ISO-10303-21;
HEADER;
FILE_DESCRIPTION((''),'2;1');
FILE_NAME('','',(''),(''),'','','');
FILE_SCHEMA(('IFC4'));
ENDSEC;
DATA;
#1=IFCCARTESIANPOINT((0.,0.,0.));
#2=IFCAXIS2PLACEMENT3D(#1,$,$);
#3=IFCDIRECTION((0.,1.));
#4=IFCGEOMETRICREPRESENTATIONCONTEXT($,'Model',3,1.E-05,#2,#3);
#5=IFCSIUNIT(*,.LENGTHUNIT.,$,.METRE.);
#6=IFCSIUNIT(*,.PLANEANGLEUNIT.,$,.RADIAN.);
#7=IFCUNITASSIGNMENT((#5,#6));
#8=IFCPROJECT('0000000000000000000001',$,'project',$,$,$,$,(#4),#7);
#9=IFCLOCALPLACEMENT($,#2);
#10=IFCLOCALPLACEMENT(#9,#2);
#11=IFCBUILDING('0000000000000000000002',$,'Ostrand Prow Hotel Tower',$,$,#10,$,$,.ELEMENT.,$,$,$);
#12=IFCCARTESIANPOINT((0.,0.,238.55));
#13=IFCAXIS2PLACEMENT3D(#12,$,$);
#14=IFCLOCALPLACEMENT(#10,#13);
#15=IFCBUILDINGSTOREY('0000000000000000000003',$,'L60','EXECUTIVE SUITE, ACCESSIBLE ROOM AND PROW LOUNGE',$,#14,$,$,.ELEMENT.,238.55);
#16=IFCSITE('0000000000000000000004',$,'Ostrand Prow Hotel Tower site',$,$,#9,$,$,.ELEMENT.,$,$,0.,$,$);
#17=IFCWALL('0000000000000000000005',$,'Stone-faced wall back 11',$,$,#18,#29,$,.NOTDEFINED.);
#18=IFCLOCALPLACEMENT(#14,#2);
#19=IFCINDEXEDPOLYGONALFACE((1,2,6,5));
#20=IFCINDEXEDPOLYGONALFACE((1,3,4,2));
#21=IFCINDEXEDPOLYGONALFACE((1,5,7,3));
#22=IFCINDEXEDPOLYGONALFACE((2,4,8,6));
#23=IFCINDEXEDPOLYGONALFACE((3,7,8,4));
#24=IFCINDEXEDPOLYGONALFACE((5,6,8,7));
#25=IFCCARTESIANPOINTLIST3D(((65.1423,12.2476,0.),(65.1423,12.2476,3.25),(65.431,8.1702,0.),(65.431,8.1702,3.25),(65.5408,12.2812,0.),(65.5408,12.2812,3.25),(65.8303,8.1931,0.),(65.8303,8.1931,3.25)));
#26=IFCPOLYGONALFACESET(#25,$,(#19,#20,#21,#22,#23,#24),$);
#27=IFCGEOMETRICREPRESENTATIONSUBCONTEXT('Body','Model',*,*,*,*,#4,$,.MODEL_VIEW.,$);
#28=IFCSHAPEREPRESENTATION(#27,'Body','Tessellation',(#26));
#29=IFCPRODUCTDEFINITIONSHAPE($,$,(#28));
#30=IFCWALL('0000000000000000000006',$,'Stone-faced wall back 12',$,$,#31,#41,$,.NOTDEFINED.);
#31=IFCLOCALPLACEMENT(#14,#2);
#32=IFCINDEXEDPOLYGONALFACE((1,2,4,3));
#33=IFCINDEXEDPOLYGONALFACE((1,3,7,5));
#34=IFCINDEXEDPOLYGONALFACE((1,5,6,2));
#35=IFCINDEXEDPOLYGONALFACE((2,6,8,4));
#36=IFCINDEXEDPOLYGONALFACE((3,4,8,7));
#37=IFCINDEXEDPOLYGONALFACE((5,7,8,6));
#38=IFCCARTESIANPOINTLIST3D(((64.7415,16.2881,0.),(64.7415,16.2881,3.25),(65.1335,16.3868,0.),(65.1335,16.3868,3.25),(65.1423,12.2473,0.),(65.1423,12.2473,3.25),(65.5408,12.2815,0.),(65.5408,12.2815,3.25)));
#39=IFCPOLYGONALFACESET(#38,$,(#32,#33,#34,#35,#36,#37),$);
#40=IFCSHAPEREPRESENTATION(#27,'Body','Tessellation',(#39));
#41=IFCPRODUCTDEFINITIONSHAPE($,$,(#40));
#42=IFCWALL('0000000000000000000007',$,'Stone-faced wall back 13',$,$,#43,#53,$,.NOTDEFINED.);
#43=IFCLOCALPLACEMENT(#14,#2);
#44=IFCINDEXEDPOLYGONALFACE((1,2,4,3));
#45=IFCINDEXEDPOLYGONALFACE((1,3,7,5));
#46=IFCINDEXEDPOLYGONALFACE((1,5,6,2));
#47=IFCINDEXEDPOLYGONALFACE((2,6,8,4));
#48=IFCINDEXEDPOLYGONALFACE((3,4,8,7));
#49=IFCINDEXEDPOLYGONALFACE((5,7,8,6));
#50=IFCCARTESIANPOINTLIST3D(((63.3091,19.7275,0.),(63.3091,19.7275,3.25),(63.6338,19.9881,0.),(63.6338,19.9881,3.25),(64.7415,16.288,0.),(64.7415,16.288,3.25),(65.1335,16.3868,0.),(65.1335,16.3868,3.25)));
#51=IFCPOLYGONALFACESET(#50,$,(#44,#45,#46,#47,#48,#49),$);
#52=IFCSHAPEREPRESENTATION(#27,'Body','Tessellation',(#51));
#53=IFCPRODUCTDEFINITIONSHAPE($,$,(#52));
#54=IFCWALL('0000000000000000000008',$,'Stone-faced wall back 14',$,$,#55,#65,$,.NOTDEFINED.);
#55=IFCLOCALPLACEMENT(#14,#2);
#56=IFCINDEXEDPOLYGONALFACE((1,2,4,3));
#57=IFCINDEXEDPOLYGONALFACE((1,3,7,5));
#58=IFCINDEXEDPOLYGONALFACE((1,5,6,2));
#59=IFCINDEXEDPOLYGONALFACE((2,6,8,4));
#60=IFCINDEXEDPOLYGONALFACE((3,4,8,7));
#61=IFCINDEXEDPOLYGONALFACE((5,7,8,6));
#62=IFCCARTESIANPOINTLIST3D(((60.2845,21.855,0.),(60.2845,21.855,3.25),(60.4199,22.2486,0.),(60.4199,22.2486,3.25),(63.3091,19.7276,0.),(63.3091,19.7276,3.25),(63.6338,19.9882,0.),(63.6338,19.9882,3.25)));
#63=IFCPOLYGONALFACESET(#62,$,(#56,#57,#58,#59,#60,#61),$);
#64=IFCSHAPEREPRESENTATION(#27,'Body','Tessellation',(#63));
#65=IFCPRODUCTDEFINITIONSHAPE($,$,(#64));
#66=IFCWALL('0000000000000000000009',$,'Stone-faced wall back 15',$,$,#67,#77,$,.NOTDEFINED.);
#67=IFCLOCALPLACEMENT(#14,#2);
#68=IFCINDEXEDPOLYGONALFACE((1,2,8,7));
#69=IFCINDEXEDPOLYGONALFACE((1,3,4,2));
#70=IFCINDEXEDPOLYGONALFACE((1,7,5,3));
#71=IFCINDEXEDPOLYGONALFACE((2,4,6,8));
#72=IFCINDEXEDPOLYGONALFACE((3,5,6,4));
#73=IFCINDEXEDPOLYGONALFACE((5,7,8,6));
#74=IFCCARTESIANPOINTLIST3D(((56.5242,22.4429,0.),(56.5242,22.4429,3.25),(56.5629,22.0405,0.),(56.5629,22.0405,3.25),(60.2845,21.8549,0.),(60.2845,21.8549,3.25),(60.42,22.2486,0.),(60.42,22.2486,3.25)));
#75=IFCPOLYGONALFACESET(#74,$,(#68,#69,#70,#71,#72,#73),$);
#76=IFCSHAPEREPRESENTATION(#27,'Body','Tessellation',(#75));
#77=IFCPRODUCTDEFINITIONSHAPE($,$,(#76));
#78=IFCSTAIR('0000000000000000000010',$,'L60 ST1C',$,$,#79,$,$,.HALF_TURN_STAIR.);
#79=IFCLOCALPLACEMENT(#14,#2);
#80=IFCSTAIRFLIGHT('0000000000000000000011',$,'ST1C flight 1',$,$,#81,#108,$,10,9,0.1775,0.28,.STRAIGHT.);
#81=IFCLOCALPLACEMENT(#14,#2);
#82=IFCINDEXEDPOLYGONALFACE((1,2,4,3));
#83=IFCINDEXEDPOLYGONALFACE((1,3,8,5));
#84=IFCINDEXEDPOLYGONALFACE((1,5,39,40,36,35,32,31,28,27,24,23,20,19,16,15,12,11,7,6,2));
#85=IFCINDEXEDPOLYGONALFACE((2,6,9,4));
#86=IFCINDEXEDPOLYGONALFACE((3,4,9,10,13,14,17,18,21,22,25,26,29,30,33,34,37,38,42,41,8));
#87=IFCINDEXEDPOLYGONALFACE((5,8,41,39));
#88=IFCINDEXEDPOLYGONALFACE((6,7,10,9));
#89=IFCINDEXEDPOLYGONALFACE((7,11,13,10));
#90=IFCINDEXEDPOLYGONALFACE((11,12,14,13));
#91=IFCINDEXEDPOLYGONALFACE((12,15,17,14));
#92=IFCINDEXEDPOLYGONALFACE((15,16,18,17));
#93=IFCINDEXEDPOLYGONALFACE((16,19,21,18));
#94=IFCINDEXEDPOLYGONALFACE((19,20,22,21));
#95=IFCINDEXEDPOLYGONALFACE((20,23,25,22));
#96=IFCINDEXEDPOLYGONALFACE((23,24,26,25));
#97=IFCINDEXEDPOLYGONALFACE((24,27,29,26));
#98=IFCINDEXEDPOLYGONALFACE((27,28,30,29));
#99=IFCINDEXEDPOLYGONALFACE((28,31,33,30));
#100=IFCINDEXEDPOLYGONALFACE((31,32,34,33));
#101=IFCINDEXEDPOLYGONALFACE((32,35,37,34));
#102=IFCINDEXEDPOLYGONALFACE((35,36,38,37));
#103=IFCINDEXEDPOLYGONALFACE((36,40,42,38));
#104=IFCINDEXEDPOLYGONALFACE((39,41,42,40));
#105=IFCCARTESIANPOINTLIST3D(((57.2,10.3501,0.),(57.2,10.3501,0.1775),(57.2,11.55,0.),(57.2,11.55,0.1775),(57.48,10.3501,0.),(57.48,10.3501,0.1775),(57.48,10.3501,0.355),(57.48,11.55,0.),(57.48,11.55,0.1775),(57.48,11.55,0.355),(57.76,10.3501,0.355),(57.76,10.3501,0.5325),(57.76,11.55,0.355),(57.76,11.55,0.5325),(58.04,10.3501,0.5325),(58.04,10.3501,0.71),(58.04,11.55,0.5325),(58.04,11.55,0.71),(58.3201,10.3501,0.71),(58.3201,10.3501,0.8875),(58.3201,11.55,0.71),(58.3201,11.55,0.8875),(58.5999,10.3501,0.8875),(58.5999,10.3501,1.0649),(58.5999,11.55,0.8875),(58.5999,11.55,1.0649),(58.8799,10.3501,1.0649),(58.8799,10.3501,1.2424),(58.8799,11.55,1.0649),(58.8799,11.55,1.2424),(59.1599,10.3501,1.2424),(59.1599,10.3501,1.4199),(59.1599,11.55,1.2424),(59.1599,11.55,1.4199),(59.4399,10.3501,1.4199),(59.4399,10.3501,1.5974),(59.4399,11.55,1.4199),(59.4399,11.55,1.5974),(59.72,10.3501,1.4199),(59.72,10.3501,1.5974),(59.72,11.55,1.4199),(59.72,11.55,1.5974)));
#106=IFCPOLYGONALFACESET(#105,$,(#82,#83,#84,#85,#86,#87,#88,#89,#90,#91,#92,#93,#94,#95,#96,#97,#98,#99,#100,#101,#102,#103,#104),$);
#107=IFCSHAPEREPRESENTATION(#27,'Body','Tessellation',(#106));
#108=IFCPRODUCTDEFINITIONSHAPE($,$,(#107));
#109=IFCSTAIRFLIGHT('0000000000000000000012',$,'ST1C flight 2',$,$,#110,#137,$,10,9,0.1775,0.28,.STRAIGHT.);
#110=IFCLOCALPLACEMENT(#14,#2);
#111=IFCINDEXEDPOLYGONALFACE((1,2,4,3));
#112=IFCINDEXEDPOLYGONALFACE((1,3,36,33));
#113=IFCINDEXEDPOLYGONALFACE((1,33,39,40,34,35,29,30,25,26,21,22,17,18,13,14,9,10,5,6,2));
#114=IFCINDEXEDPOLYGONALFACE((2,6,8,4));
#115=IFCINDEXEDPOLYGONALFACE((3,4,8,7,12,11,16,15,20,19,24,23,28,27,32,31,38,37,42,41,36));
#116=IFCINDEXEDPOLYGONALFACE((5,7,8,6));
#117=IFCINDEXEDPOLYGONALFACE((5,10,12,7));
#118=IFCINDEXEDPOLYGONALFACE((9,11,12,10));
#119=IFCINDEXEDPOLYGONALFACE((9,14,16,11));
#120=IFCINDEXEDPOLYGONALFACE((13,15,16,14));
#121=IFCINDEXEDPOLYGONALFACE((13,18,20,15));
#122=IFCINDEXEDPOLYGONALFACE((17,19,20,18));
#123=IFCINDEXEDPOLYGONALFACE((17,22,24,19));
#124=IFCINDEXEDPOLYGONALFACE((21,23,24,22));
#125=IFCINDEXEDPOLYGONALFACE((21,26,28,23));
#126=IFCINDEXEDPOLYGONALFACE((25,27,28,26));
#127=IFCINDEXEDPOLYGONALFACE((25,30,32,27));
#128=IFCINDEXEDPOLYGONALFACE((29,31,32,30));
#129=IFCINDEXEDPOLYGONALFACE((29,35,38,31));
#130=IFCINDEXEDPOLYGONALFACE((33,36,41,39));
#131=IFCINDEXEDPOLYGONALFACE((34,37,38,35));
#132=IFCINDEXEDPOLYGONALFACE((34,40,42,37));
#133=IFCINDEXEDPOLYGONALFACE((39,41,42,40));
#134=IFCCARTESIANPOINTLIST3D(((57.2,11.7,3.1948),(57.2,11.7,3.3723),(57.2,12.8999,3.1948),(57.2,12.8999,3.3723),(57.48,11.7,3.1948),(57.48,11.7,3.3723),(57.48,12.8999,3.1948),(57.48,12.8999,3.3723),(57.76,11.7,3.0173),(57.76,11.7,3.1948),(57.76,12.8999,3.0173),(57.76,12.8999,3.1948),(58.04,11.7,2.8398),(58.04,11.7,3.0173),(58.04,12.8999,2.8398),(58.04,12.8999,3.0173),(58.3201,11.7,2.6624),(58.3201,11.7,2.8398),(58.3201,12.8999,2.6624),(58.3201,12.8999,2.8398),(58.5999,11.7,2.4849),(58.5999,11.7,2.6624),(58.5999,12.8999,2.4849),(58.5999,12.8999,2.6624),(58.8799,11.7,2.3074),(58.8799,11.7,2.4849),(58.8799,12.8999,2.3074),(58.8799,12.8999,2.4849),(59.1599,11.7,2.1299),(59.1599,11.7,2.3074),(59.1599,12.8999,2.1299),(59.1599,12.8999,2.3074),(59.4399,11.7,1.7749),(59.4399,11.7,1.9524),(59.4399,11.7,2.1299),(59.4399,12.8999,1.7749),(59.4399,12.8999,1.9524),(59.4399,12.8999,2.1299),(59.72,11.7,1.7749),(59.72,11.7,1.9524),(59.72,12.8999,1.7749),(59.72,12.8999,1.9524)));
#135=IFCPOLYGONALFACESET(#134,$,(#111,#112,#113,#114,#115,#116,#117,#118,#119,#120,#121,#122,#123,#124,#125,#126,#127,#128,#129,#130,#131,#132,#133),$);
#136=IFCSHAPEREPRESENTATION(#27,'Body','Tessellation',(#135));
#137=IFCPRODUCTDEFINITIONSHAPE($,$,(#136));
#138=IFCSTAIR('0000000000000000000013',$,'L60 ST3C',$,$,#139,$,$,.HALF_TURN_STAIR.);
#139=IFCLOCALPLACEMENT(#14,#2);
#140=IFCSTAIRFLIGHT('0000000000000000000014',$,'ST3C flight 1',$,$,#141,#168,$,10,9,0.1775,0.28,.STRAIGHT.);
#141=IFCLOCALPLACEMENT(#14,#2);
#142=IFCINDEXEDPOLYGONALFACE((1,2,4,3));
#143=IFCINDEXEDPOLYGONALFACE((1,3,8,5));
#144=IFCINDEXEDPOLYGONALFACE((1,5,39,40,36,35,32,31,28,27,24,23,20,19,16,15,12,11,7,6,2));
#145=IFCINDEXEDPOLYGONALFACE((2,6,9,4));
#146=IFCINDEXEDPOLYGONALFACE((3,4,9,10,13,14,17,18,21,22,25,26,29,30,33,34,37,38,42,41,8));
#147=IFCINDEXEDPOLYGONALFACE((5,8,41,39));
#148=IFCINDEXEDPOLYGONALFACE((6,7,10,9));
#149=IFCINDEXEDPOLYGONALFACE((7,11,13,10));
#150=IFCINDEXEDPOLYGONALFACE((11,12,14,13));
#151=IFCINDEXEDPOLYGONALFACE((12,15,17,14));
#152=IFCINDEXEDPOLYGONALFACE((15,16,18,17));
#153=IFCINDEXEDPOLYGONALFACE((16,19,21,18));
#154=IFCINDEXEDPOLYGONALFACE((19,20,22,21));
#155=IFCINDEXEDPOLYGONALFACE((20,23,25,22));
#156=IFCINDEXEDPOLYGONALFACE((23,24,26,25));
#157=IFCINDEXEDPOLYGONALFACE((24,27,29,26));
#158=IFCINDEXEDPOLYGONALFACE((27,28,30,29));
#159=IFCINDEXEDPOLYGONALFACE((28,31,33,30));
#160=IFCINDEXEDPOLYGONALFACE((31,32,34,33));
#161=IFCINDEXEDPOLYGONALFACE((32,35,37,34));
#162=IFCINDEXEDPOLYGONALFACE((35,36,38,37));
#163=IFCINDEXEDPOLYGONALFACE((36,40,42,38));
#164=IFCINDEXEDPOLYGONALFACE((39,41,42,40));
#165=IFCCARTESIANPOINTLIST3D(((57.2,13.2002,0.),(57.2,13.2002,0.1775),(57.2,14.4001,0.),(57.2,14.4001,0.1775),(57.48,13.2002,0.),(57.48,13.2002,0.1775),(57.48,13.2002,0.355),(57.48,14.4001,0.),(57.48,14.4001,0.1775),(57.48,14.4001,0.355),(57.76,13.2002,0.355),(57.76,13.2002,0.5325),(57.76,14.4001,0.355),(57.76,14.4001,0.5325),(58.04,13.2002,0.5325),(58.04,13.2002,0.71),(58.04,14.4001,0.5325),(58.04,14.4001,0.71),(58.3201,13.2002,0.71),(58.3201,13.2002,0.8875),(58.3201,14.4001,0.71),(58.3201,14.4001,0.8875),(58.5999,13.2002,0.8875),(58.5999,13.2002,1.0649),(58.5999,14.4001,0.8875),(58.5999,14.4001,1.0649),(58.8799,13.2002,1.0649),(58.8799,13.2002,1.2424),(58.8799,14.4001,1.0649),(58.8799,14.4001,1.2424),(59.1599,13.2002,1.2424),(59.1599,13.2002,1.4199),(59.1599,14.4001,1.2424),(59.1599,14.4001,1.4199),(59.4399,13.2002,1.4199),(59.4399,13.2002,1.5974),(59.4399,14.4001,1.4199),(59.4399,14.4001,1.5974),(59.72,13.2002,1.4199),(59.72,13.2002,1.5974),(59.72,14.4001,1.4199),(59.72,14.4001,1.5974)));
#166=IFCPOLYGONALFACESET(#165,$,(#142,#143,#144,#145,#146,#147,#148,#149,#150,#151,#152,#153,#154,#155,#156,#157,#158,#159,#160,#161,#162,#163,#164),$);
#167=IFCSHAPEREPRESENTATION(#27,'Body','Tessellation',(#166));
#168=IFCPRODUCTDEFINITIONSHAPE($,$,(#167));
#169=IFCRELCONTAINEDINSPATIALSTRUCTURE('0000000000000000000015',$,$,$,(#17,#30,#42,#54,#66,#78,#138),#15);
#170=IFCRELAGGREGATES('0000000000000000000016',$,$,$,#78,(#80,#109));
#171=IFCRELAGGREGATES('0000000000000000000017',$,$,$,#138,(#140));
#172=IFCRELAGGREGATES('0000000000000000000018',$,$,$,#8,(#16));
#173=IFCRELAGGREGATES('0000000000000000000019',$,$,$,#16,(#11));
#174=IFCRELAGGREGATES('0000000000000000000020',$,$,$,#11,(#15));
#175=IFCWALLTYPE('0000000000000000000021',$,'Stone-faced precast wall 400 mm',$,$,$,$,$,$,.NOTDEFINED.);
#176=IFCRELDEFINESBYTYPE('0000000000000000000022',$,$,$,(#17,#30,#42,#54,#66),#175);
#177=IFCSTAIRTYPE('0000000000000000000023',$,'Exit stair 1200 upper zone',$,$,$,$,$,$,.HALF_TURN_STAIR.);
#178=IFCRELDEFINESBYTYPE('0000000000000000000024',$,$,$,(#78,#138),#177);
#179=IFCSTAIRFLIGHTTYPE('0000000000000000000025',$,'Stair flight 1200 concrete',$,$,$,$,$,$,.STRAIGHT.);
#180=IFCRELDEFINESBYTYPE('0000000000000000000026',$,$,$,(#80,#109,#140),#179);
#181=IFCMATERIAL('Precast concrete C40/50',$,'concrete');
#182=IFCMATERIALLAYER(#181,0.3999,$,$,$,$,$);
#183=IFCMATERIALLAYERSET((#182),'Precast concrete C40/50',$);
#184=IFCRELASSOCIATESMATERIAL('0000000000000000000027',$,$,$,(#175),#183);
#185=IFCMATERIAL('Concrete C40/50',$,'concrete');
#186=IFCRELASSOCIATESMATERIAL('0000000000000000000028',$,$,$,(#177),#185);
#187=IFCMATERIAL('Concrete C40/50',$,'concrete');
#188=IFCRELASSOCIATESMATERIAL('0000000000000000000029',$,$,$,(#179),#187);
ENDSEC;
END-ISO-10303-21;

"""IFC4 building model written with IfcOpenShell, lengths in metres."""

from ifc_helpers import new_model, si_unit, direction, frame, origin, place, context, subcontext, project, spatial, polyline, outline, extrude, material, layer, layer_set, type_object, element, aggregate, save


model = new_model("IFC4")

# Units and contexts
model_context = context("Model", 3, precision=1e-05, world=origin(), true_north=direction((0.0, 1.0)))
body_context = subcontext(model_context, "Body", "Model", "MODEL_VIEW")
ifc_project = project(units=[si_unit("LENGTHUNIT", "METRE"), si_unit("PLANEANGLEUNIT", "RADIAN")], contexts=[model_context])

# Site, building, storey
site_placement = place(None, origin())
site = spatial("IfcSite", under=ifc_project, at=site_placement, Name="Ostrand Prow Hotel Tower site", CompositionType="ELEMENT", RefElevation=0.0)
building_placement = place(site_placement, origin())
building = spatial("IfcBuilding", under=site, at=building_placement, Name="Ostrand Prow Hotel Tower", CompositionType="ELEMENT")
storey_placement = place(building_placement, frame((0.0, 0.0, 238.55)))
storey = spatial("IfcBuildingStorey", under=building, at=storey_placement, Name="L60", Description="EXECUTIVE SUITE, ACCESSIBLE ROOM AND PROW LOUNGE", CompositionType="ELEMENT", Elevation=238.55)

# Shared definitions
ifc_material_1 = material(Name="Precast concrete C40/50", Category="concrete")
ifc_layer_1 = layer(ifc_material_1, 0.3999)
ifc_layer_set_1 = layer_set([ifc_layer_1], Name="Precast concrete C40/50")
wall_type_1 = type_object("IfcWallType", Name="Stone-faced precast wall 400 mm", PredefinedType="NOTDEFINED", material=ifc_layer_set_1)

# Walls
wall_1_placement = place(storey_placement, frame((65.6306, 8.1816, 0.0), z_axis=(0.0, 0.0, 1.0), x_axis=(-0.070624, 0.997503, 0.0)))
element("IfcWall", 1, at=wall_1_placement, inside=storey, type_object=wall_type_1, Name="Stone-faced wall back 11", PredefinedType="NOTDEFINED", context=body_context, shape_type="SweptSolid", body=[
    extrude(outline(polyline([(-0.0027, -0.2), (4.0957, -0.2), (4.0903, 0.2), (0.0027, 0.2), (-0.0027, -0.2)])), origin(), (0.0, 0.0, 1.0), 3.25),
])
wall_2_placement = place(storey_placement, frame((65.3416, 12.2644, 0.0), z_axis=(0.0, 0.0, 1.0), x_axis=(-0.098718, 0.995115, 0.0)))
element("IfcWall", 2, at=wall_2_placement, inside=storey, type_object=wall_type_1, Name="Stone-faced wall back 12", PredefinedType="NOTDEFINED", context=body_context, shape_type="SweptSolid", body=[
    extrude(outline(polyline([(-0.0027, -0.2), (4.1228, -0.2), (4.0632, 0.2), (0.0027, 0.2), (-0.0027, -0.2)])), origin(), (0.0, 0.0, 1.0), 3.25),
])
wall_3_placement = place(storey_placement, frame((64.9375, 16.3374, 0.0), z_axis=(0.0, 0.0, 1.0), x_axis=(-0.384434, 0.923153, 0.0)))
element("IfcWall", 3, at=wall_3_placement, inside=storey, type_object=wall_type_1, Name="Stone-faced wall back 13", PredefinedType="NOTDEFINED", context=body_context, shape_type="SweptSolid", body=[
    extrude(outline(polyline([(-0.0298, -0.2), (3.8713, -0.2), (3.7556, 0.2), (0.0298, 0.2), (-0.0298, -0.2)])), origin(), (0.0, 0.0, 1.0), 3.25),
])
wall_4_placement = place(storey_placement, frame((63.4714, 19.8579, 0.0), z_axis=(0.0, 0.0, 1.0), x_axis=(-0.817943, 0.5753, 0.0)))
element("IfcWall", 4, at=wall_4_placement, inside=storey, type_object=wall_type_1, Name="Stone-faced wall back 14", PredefinedType="NOTDEFINED", context=body_context, shape_type="SweptSolid", body=[
    extrude(outline(polyline([(-0.0579, -0.2), (3.8713, -0.2), (3.7556, 0.2), (0.0579, 0.2), (-0.0579, -0.2)])), origin(), (0.0, 0.0, 1.0), 3.25),
])
wall_5_placement = place(storey_placement, frame((60.3523, 22.0518, 0.0), z_axis=(0.0, 0.0, 1.0), x_axis=(-0.998759, 0.049807, 0.0)))
element("IfcWall", 5, at=wall_5_placement, inside=storey, type_object=wall_type_1, Name="Stone-faced wall back 15", PredefinedType="NOTDEFINED", context=body_context, shape_type="SweptSolid", body=[
    extrude(outline(polyline([(-0.0579, -0.2), (3.8428, -0.2), (3.7842, 0.2), (0.0579, 0.2), (-0.0579, -0.2)])), origin(), (0.0, 0.0, 1.0), 3.25),
])

# Stairs, stair flights
ifc_material_2 = material(Name="Concrete C40/50", Category="concrete")
stair_type = type_object("IfcStairType", Name="Exit stair 1200 upper zone", PredefinedType="HALF_TURN_STAIR", material=ifc_material_2)
stair_1_placement = place(storey_placement, origin())
stair_1 = element("IfcStair", 6, at=stair_1_placement, inside=storey, type_object=stair_type, Name="L60 ST1C", PredefinedType="HALF_TURN_STAIR")
ifc_material_3 = material(Name="Concrete C40/50", Category="concrete")
stair_flight_type = type_object("IfcStairFlightType", Name="Stair flight 1200 concrete", PredefinedType="STRAIGHT", material=ifc_material_3)
stair_flight_1_placement = place(storey_placement, frame((57.2, 10.95, 0.0), z_axis=(0.0, 0.0, 1.0), x_axis=(1.0, 0.0, 0.0)))
stair_flight_1 = element("IfcStairFlight", 7, at=stair_flight_1_placement, type_object=stair_flight_type, Name="ST1C flight 1", NumberOfRisers=10, NumberOfTreads=9, PredefinedType="STRAIGHT", RiserHeight=0.1775, TreadLength=0.28, context=body_context, shape_type="SweptSolid", body=[
    extrude(outline(polyline([(0.0, 0.0), (0.0, 0.1775), (0.28, 0.1775), (0.28, 0.355), (0.5601, 0.355), (0.5601, 0.5325), (0.8401, 0.5325), (0.8401, 0.71), (1.1201, 0.71), (1.1201, 0.8875), (1.3999, 0.8875), (1.3999, 1.0649), (1.6799, 1.0649), (1.6799, 1.2424), (1.96, 1.2424), (1.96, 1.4199), (2.24, 1.4199), (2.24, 1.5974), (2.52, 1.5974), (2.52, 1.7749), (2.52, 1.4199), (0.28, 0.0), (0.0, 0.0)])), frame((0.0, 0.6001, 0.0), z_axis=(0.0, -1.0, 0.0), x_axis=(1.0, 0.0, 0.0)), (0.0, 0.0, 1.0), 1.2),
])
stair_flight_2_placement = place(storey_placement, frame((59.72, 12.3, 1.7749), z_axis=(0.0, 0.0, 1.0), x_axis=(-1.0, 0.0, 0.0)))
stair_flight_2 = element("IfcStairFlight", 8, at=stair_flight_2_placement, type_object=stair_flight_type, Name="ST1C flight 2", NumberOfRisers=10, NumberOfTreads=9, PredefinedType="STRAIGHT", RiserHeight=0.1775, TreadLength=0.28, context=body_context, shape_type="SweptSolid", body=[
    extrude(outline(polyline([(0.0, 0.0), (0.0, 0.1775), (0.28, 0.1775), (0.28, 0.355), (0.5601, 0.355), (0.5601, 0.5325), (0.8401, 0.5325), (0.8401, 0.71), (1.1201, 0.71), (1.1201, 0.8875), (1.3999, 0.8875), (1.3999, 1.0649), (1.6799, 1.0649), (1.6799, 1.2424), (1.96, 1.2424), (1.96, 1.4199), (2.24, 1.4199), (2.24, 1.5974), (2.52, 1.5974), (2.52, 1.7749), (2.52, 1.4199), (0.28, 0.0), (0.0, 0.0)])), frame((0.0, 0.6001, 0.0), z_axis=(0.0, -1.0, 0.0), x_axis=(1.0, 0.0, 0.0)), (0.0, 0.0, 1.0), 1.2),
])
aggregate(stair_1, [stair_flight_1, stair_flight_2])
stair_2_placement = place(storey_placement, origin())
stair_2 = element("IfcStair", 9, at=stair_2_placement, inside=storey, type_object=stair_type, Name="L60 ST3C", PredefinedType="HALF_TURN_STAIR")
stair_flight_3_placement = place(storey_placement, frame((57.2, 13.8, 0.0), z_axis=(0.0, 0.0, 1.0), x_axis=(1.0, 0.0, 0.0)))
stair_flight_3 = element("IfcStairFlight", 10, at=stair_flight_3_placement, type_object=stair_flight_type, Name="ST3C flight 1", NumberOfRisers=10, NumberOfTreads=9, PredefinedType="STRAIGHT", RiserHeight=0.1775, TreadLength=0.28, context=body_context, shape_type="SweptSolid", body=[
    extrude(outline(polyline([(0.0, 0.0), (0.0, 0.1775), (0.28, 0.1775), (0.28, 0.355), (0.5601, 0.355), (0.5601, 0.5325), (0.8401, 0.5325), (0.8401, 0.71), (1.1201, 0.71), (1.1201, 0.8875), (1.3999, 0.8875), (1.3999, 1.0649), (1.6799, 1.0649), (1.6799, 1.2424), (1.96, 1.2424), (1.96, 1.4199), (2.24, 1.4199), (2.24, 1.5974), (2.52, 1.5974), (2.52, 1.7749), (2.52, 1.4199), (0.28, 0.0), (0.0, 0.0)])), frame((0.0, 0.6001, 0.0), z_axis=(0.0, -1.0, 0.0), x_axis=(1.0, 0.0, 0.0)), (0.0, 0.0, 1.0), 1.2),
])
aggregate(stair_2, [stair_flight_3])

save(model, "model.ifc")
